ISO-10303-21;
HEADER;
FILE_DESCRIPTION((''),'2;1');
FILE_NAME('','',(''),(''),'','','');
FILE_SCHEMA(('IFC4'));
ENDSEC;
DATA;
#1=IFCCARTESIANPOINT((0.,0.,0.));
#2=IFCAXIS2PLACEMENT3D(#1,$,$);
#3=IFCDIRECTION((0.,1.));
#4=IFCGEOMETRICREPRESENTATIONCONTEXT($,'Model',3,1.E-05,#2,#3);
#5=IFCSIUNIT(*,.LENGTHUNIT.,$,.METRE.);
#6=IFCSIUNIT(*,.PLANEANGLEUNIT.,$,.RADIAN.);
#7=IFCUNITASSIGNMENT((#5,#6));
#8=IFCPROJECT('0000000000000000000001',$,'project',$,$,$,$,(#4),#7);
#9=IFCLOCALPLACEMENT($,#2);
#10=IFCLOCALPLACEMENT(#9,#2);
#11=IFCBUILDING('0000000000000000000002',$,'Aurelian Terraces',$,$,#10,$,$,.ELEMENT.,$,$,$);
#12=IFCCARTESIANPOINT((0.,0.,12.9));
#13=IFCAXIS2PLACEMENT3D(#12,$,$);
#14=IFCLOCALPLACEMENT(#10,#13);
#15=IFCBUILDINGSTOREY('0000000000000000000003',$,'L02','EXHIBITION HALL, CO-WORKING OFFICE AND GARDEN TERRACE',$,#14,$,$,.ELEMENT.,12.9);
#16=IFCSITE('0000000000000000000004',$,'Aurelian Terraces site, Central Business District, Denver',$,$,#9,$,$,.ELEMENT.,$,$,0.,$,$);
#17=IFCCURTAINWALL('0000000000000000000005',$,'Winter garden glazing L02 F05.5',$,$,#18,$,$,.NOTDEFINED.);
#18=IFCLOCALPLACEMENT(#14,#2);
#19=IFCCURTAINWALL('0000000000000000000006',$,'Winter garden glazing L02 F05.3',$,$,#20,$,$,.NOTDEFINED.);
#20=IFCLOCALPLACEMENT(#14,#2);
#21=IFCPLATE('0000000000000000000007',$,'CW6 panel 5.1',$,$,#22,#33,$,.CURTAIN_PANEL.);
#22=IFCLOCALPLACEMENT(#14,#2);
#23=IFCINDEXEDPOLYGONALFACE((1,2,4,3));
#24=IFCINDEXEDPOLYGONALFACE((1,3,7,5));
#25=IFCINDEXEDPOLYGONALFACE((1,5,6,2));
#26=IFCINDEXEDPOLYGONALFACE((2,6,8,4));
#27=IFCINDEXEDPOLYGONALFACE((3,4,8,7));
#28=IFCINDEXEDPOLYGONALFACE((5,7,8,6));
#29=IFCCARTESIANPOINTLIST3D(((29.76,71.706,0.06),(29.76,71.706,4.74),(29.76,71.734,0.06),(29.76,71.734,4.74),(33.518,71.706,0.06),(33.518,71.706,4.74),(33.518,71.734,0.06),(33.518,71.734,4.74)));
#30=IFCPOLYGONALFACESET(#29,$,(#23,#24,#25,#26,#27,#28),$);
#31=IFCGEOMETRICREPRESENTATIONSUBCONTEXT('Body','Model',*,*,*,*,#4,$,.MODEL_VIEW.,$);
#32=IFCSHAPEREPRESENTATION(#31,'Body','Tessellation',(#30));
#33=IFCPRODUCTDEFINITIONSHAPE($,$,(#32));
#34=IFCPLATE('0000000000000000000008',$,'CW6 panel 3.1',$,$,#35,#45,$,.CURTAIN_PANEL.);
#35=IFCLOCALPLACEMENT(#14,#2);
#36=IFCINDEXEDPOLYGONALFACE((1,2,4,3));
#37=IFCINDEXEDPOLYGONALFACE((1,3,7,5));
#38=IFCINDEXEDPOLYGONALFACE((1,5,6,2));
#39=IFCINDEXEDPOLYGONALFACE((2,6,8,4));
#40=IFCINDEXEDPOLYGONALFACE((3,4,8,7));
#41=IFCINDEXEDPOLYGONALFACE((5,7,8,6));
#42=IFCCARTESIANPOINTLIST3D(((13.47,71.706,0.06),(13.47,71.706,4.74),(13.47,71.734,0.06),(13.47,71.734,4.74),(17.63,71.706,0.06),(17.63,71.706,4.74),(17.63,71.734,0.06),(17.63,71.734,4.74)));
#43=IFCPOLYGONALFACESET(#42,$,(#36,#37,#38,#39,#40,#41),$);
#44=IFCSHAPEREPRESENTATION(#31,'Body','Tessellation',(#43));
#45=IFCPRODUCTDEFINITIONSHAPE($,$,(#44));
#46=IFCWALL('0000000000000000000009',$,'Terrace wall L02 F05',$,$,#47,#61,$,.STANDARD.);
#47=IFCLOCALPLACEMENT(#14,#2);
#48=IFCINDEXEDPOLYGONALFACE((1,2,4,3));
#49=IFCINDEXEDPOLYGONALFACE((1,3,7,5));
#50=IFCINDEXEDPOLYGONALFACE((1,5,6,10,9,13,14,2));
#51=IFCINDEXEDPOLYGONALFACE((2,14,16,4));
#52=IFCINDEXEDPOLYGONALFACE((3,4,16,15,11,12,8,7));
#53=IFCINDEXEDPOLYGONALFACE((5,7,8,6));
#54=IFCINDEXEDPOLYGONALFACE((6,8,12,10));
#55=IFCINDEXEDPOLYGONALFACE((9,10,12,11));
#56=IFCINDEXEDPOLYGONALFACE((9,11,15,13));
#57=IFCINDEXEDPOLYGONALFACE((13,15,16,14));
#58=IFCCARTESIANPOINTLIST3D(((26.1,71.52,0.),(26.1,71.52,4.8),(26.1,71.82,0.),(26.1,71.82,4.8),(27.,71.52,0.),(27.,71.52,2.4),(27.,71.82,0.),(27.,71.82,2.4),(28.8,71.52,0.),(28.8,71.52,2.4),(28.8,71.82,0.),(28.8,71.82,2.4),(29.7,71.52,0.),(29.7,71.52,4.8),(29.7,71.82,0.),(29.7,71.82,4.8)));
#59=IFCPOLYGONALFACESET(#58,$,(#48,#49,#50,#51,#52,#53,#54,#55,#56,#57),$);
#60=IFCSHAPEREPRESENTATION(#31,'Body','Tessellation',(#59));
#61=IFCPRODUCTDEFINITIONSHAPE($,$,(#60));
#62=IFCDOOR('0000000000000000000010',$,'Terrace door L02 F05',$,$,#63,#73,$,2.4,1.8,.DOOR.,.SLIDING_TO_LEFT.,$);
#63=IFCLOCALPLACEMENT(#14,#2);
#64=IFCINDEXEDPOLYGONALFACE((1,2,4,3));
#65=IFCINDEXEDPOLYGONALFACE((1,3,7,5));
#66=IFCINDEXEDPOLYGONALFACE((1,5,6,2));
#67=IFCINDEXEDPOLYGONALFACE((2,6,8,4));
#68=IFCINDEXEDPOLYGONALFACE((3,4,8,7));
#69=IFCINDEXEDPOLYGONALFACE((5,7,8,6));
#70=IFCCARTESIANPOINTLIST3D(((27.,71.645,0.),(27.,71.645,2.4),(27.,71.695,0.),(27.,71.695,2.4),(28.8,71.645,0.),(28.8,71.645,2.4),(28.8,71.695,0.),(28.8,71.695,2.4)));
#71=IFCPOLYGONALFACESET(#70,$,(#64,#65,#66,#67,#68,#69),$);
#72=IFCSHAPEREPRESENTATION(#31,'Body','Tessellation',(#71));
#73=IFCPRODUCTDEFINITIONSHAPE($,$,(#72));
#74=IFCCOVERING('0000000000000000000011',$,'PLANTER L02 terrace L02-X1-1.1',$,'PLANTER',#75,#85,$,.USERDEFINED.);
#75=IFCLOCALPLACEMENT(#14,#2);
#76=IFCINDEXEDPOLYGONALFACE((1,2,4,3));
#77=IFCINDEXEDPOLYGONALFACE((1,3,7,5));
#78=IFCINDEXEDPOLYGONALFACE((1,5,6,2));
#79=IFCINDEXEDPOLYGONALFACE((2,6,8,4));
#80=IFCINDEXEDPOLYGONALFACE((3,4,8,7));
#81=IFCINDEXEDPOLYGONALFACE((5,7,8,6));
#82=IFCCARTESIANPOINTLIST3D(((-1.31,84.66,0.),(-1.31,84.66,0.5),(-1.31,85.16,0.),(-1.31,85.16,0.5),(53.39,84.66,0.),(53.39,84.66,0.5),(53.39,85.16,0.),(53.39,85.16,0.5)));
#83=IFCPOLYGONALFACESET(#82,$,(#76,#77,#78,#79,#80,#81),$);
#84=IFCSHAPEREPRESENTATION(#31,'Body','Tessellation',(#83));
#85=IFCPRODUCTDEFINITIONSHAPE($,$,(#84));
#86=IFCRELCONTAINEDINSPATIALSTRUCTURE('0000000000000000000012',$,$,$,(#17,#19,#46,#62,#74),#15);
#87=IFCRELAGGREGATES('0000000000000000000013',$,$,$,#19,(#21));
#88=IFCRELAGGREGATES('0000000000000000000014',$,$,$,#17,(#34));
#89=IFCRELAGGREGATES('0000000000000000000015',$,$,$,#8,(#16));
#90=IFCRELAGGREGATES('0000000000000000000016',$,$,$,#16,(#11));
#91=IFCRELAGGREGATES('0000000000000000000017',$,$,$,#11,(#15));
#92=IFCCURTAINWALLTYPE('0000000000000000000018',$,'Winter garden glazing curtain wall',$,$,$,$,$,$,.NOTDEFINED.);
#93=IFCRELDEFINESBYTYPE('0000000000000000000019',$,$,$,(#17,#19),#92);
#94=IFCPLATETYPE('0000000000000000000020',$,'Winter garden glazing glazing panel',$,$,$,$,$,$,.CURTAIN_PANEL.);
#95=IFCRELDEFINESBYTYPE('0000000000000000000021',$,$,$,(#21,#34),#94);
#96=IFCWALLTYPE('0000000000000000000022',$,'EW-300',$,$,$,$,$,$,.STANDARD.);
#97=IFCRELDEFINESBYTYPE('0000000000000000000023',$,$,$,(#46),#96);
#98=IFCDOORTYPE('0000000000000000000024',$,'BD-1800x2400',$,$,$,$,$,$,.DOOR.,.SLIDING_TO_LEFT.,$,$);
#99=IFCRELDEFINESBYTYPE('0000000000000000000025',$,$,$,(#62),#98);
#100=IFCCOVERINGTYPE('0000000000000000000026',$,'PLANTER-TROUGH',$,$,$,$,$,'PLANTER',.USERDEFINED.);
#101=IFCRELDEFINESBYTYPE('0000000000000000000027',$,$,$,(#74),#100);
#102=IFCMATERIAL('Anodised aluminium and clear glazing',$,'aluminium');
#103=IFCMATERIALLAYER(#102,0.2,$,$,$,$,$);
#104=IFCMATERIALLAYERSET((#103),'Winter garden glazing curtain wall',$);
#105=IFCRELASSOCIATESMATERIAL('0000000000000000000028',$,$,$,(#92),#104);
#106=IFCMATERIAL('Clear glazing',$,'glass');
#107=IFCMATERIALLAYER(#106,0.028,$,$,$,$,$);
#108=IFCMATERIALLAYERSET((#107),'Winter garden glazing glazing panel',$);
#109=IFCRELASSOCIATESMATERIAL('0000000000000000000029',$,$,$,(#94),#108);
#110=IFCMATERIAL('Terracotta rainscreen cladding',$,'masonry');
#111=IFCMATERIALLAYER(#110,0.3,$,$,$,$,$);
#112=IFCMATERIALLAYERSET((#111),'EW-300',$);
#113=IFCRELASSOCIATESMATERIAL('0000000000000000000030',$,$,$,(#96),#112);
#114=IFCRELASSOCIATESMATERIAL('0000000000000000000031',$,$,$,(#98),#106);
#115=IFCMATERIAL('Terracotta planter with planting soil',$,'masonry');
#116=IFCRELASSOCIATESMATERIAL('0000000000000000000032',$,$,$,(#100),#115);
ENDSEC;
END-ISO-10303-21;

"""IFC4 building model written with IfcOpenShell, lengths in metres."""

from ifc_helpers import new_model, si_unit, direction, frame, frame_2d, origin, origin_2d, place, context, subcontext, project, spatial, rectangle, extrude, source, transform, mapped, material, layer, layer_set, type_object, element, fill, aggregate, save


model = new_model("IFC4")

# Units and contexts
model_context = context("Model", 3, precision=1e-05, world=origin(), true_north=direction((0.0, 1.0)))
body_context = subcontext(model_context, "Body", "Model", "MODEL_VIEW")
ifc_project = project(units=[si_unit("LENGTHUNIT", "METRE"), si_unit("PLANEANGLEUNIT", "RADIAN")], contexts=[model_context])

# Site, building, storey
site_placement = place(None, origin())
site = spatial("IfcSite", under=ifc_project, at=site_placement, Name="Aurelian Terraces site, Central Business District, Denver", CompositionType="ELEMENT", RefElevation=0.0)
building_placement = place(site_placement, origin())
building = spatial("IfcBuilding", under=site, at=building_placement, Name="Aurelian Terraces", CompositionType="ELEMENT")
storey_placement = place(building_placement, frame((0.0, 0.0, 12.9)))
storey = spatial("IfcBuildingStorey", under=building, at=storey_placement, Name="L02", Description="EXHIBITION HALL, CO-WORKING OFFICE AND GARDEN TERRACE", CompositionType="ELEMENT", Elevation=12.9)

# Curtain wall
ifc_material_1 = material(Name="Anodised aluminium and clear glazing", Category="aluminium")
ifc_layer_1 = layer(ifc_material_1, 0.2)
ifc_layer_set_1 = layer_set([ifc_layer_1], Name="Winter garden glazing curtain wall")
curtain_wall_type = type_object("IfcCurtainWallType", Name="Winter garden glazing curtain wall", PredefinedType="NOTDEFINED", material=ifc_layer_set_1)
curtain_wall_1_placement = place(storey_placement, origin())
curtain_wall_1 = element("IfcCurtainWall", 1, at=curtain_wall_1_placement, inside=storey, type_object=curtain_wall_type, Name="Winter garden glazing L02 F05.5", PredefinedType="NOTDEFINED")

# Curtain wall
curtain_wall_2_placement = place(storey_placement, origin())
curtain_wall_2 = element("IfcCurtainWall", 2, at=curtain_wall_2_placement, inside=storey, type_object=curtain_wall_type, Name="Winter garden glazing L02 F05.3", PredefinedType="NOTDEFINED")

# Plates
ifc_material_2 = material(Name="Clear glazing", Category="glass")
ifc_layer_2 = layer(ifc_material_2, 0.028)
ifc_layer_set_2 = layer_set([ifc_layer_2], Name="Winter garden glazing glazing panel")
plate_type = type_object("IfcPlateType", Name="Winter garden glazing glazing panel", PredefinedType="CURTAIN_PANEL", material=ifc_layer_set_2)
shared_shape_1 = source(origin(), body_context, "Body", "SweptSolid", [
    extrude(rectangle(XDim=3.758, YDim=0.028, at=origin_2d()), origin(), (0.0, 0.0, 1.0), 4.68),
])
plate_1_placement = place(storey_placement, frame((31.639, 71.72, 0.06), z_axis=(0.0, 0.0, 1.0), x_axis=(-1.0, 0.0, 0.0)))
plate_1 = element("IfcPlate", 3, at=plate_1_placement, type_object=plate_type, Name="CW6 panel 5.1", PredefinedType="CURTAIN_PANEL", context=body_context, shape_type="MappedRepresentation", body=[
    mapped(shared_shape_1, transform((0.0, 0.0, 0.0), scale=1.0)),
])
aggregate(curtain_wall_2, [plate_1])
shared_shape_2 = source(origin(), body_context, "Body", "SweptSolid", [
    extrude(rectangle(XDim=4.16, YDim=0.028, at=origin_2d()), origin(), (0.0, 0.0, 1.0), 4.68),
])
plate_2_placement = place(storey_placement, frame((15.55, 71.72, 0.06), z_axis=(0.0, 0.0, 1.0), x_axis=(-1.0, 0.0, 0.0)))
plate_2 = element("IfcPlate", 4, at=plate_2_placement, type_object=plate_type, Name="CW6 panel 3.1", PredefinedType="CURTAIN_PANEL", context=body_context, shape_type="MappedRepresentation", body=[
    mapped(shared_shape_2, transform((0.0, 0.0, 0.0), scale=1.0)),
])
aggregate(curtain_wall_1, [plate_2])

# Wall, opening, door
ifc_material_3 = material(Name="Terracotta rainscreen cladding", Category="masonry")
ifc_layer_3 = layer(ifc_material_3, 0.3)
ifc_layer_set_3 = layer_set([ifc_layer_3], Name="EW-300")
wall_type = type_object("IfcWallType", Name="EW-300", PredefinedType="STANDARD", material=ifc_layer_set_3)
shared_shape_3 = source(origin(), body_context, "Body", "SweptSolid", [
    extrude(rectangle(XDim=3.6, YDim=0.3, at=frame_2d((1.8, 0.0))), origin(), (0.0, 0.0, 1.0), 4.8),
])
wall_placement = place(storey_placement, frame((29.7, 71.67, 0.0), z_axis=(0.0, 0.0, 1.0), x_axis=(-1.0, 0.0, 0.0)))
wall = element("IfcWall", 5, at=wall_placement, inside=storey, type_object=wall_type, Name="Terrace wall L02 F05", PredefinedType="STANDARD", context=body_context, shape_type="MappedRepresentation", body=[
    mapped(shared_shape_3, transform((0.0, 0.0, 0.0), scale=1.0)),
])
shared_shape_4 = source(origin(), body_context, "Body", "SweptSolid", [
    extrude(rectangle(XDim=1.8, YDim=2.4, at=frame_2d((0.9, 1.2))), frame((0.0, 0.16, 0.0), z_axis=(0.0, -1.0, 0.0), x_axis=(1.0, 0.0, 0.0)), (0.0, 0.0, 1.0), 0.32),
])
opening_placement = place(wall_placement, frame((0.9, 0.0, 0.0)))
opening = element("IfcOpeningElement", 6, at=opening_placement, cuts=wall, PredefinedType="OPENING", context=body_context, shape_type="MappedRepresentation", body=[
    mapped(shared_shape_4, transform((0.0, 0.0, 0.0), scale=1.0)),
])
door_type = type_object("IfcDoorType", Name="BD-1800x2400", OperationType="SLIDING_TO_LEFT", PredefinedType="DOOR", material=ifc_material_2)
shared_shape_5 = source(origin(), body_context, "Body", "SweptSolid", [
    extrude(rectangle(XDim=1.8, YDim=2.4, at=frame_2d((0.9, 1.2))), frame((0.0, 0.025, 0.0), z_axis=(0.0, -1.0, 0.0), x_axis=(1.0, 0.0, 0.0)), (0.0, 0.0, 1.0), 0.05),
])
door_placement = place(opening_placement, origin())
door = element("IfcDoor", 7, at=door_placement, inside=storey, type_object=door_type, Name="Terrace door L02 F05", OperationType="SLIDING_TO_LEFT", OverallHeight=2.4, OverallWidth=1.8, PredefinedType="DOOR", context=body_context, shape_type="MappedRepresentation", body=[
    mapped(shared_shape_5, transform((0.0, 0.0, 0.0), scale=1.0)),
])
fill(opening, door)

# Covering
ifc_material_4 = material(Name="Terracotta planter with planting soil", Category="masonry")
covering_type = type_object("IfcCoveringType", Name="PLANTER-TROUGH", ElementType="PLANTER", PredefinedType="USERDEFINED", material=ifc_material_4)
covering_placement = place(storey_placement, frame((26.04, 84.91, 0.0), z_axis=(0.0, 0.0, 1.0), x_axis=(1.0, 0.0, 0.0)))
element("IfcCovering", 8, at=covering_placement, inside=storey, type_object=covering_type, Name="PLANTER L02 terrace L02-X1-1.1", ObjectType="PLANTER", PredefinedType="USERDEFINED", context=body_context, shape_type="SweptSolid", body=[
    extrude(rectangle(XDim=54.7, YDim=0.5, at=origin_2d()), origin(), (0.0, 0.0, 1.0), 0.5),
])

save(model, "model.ifc")
